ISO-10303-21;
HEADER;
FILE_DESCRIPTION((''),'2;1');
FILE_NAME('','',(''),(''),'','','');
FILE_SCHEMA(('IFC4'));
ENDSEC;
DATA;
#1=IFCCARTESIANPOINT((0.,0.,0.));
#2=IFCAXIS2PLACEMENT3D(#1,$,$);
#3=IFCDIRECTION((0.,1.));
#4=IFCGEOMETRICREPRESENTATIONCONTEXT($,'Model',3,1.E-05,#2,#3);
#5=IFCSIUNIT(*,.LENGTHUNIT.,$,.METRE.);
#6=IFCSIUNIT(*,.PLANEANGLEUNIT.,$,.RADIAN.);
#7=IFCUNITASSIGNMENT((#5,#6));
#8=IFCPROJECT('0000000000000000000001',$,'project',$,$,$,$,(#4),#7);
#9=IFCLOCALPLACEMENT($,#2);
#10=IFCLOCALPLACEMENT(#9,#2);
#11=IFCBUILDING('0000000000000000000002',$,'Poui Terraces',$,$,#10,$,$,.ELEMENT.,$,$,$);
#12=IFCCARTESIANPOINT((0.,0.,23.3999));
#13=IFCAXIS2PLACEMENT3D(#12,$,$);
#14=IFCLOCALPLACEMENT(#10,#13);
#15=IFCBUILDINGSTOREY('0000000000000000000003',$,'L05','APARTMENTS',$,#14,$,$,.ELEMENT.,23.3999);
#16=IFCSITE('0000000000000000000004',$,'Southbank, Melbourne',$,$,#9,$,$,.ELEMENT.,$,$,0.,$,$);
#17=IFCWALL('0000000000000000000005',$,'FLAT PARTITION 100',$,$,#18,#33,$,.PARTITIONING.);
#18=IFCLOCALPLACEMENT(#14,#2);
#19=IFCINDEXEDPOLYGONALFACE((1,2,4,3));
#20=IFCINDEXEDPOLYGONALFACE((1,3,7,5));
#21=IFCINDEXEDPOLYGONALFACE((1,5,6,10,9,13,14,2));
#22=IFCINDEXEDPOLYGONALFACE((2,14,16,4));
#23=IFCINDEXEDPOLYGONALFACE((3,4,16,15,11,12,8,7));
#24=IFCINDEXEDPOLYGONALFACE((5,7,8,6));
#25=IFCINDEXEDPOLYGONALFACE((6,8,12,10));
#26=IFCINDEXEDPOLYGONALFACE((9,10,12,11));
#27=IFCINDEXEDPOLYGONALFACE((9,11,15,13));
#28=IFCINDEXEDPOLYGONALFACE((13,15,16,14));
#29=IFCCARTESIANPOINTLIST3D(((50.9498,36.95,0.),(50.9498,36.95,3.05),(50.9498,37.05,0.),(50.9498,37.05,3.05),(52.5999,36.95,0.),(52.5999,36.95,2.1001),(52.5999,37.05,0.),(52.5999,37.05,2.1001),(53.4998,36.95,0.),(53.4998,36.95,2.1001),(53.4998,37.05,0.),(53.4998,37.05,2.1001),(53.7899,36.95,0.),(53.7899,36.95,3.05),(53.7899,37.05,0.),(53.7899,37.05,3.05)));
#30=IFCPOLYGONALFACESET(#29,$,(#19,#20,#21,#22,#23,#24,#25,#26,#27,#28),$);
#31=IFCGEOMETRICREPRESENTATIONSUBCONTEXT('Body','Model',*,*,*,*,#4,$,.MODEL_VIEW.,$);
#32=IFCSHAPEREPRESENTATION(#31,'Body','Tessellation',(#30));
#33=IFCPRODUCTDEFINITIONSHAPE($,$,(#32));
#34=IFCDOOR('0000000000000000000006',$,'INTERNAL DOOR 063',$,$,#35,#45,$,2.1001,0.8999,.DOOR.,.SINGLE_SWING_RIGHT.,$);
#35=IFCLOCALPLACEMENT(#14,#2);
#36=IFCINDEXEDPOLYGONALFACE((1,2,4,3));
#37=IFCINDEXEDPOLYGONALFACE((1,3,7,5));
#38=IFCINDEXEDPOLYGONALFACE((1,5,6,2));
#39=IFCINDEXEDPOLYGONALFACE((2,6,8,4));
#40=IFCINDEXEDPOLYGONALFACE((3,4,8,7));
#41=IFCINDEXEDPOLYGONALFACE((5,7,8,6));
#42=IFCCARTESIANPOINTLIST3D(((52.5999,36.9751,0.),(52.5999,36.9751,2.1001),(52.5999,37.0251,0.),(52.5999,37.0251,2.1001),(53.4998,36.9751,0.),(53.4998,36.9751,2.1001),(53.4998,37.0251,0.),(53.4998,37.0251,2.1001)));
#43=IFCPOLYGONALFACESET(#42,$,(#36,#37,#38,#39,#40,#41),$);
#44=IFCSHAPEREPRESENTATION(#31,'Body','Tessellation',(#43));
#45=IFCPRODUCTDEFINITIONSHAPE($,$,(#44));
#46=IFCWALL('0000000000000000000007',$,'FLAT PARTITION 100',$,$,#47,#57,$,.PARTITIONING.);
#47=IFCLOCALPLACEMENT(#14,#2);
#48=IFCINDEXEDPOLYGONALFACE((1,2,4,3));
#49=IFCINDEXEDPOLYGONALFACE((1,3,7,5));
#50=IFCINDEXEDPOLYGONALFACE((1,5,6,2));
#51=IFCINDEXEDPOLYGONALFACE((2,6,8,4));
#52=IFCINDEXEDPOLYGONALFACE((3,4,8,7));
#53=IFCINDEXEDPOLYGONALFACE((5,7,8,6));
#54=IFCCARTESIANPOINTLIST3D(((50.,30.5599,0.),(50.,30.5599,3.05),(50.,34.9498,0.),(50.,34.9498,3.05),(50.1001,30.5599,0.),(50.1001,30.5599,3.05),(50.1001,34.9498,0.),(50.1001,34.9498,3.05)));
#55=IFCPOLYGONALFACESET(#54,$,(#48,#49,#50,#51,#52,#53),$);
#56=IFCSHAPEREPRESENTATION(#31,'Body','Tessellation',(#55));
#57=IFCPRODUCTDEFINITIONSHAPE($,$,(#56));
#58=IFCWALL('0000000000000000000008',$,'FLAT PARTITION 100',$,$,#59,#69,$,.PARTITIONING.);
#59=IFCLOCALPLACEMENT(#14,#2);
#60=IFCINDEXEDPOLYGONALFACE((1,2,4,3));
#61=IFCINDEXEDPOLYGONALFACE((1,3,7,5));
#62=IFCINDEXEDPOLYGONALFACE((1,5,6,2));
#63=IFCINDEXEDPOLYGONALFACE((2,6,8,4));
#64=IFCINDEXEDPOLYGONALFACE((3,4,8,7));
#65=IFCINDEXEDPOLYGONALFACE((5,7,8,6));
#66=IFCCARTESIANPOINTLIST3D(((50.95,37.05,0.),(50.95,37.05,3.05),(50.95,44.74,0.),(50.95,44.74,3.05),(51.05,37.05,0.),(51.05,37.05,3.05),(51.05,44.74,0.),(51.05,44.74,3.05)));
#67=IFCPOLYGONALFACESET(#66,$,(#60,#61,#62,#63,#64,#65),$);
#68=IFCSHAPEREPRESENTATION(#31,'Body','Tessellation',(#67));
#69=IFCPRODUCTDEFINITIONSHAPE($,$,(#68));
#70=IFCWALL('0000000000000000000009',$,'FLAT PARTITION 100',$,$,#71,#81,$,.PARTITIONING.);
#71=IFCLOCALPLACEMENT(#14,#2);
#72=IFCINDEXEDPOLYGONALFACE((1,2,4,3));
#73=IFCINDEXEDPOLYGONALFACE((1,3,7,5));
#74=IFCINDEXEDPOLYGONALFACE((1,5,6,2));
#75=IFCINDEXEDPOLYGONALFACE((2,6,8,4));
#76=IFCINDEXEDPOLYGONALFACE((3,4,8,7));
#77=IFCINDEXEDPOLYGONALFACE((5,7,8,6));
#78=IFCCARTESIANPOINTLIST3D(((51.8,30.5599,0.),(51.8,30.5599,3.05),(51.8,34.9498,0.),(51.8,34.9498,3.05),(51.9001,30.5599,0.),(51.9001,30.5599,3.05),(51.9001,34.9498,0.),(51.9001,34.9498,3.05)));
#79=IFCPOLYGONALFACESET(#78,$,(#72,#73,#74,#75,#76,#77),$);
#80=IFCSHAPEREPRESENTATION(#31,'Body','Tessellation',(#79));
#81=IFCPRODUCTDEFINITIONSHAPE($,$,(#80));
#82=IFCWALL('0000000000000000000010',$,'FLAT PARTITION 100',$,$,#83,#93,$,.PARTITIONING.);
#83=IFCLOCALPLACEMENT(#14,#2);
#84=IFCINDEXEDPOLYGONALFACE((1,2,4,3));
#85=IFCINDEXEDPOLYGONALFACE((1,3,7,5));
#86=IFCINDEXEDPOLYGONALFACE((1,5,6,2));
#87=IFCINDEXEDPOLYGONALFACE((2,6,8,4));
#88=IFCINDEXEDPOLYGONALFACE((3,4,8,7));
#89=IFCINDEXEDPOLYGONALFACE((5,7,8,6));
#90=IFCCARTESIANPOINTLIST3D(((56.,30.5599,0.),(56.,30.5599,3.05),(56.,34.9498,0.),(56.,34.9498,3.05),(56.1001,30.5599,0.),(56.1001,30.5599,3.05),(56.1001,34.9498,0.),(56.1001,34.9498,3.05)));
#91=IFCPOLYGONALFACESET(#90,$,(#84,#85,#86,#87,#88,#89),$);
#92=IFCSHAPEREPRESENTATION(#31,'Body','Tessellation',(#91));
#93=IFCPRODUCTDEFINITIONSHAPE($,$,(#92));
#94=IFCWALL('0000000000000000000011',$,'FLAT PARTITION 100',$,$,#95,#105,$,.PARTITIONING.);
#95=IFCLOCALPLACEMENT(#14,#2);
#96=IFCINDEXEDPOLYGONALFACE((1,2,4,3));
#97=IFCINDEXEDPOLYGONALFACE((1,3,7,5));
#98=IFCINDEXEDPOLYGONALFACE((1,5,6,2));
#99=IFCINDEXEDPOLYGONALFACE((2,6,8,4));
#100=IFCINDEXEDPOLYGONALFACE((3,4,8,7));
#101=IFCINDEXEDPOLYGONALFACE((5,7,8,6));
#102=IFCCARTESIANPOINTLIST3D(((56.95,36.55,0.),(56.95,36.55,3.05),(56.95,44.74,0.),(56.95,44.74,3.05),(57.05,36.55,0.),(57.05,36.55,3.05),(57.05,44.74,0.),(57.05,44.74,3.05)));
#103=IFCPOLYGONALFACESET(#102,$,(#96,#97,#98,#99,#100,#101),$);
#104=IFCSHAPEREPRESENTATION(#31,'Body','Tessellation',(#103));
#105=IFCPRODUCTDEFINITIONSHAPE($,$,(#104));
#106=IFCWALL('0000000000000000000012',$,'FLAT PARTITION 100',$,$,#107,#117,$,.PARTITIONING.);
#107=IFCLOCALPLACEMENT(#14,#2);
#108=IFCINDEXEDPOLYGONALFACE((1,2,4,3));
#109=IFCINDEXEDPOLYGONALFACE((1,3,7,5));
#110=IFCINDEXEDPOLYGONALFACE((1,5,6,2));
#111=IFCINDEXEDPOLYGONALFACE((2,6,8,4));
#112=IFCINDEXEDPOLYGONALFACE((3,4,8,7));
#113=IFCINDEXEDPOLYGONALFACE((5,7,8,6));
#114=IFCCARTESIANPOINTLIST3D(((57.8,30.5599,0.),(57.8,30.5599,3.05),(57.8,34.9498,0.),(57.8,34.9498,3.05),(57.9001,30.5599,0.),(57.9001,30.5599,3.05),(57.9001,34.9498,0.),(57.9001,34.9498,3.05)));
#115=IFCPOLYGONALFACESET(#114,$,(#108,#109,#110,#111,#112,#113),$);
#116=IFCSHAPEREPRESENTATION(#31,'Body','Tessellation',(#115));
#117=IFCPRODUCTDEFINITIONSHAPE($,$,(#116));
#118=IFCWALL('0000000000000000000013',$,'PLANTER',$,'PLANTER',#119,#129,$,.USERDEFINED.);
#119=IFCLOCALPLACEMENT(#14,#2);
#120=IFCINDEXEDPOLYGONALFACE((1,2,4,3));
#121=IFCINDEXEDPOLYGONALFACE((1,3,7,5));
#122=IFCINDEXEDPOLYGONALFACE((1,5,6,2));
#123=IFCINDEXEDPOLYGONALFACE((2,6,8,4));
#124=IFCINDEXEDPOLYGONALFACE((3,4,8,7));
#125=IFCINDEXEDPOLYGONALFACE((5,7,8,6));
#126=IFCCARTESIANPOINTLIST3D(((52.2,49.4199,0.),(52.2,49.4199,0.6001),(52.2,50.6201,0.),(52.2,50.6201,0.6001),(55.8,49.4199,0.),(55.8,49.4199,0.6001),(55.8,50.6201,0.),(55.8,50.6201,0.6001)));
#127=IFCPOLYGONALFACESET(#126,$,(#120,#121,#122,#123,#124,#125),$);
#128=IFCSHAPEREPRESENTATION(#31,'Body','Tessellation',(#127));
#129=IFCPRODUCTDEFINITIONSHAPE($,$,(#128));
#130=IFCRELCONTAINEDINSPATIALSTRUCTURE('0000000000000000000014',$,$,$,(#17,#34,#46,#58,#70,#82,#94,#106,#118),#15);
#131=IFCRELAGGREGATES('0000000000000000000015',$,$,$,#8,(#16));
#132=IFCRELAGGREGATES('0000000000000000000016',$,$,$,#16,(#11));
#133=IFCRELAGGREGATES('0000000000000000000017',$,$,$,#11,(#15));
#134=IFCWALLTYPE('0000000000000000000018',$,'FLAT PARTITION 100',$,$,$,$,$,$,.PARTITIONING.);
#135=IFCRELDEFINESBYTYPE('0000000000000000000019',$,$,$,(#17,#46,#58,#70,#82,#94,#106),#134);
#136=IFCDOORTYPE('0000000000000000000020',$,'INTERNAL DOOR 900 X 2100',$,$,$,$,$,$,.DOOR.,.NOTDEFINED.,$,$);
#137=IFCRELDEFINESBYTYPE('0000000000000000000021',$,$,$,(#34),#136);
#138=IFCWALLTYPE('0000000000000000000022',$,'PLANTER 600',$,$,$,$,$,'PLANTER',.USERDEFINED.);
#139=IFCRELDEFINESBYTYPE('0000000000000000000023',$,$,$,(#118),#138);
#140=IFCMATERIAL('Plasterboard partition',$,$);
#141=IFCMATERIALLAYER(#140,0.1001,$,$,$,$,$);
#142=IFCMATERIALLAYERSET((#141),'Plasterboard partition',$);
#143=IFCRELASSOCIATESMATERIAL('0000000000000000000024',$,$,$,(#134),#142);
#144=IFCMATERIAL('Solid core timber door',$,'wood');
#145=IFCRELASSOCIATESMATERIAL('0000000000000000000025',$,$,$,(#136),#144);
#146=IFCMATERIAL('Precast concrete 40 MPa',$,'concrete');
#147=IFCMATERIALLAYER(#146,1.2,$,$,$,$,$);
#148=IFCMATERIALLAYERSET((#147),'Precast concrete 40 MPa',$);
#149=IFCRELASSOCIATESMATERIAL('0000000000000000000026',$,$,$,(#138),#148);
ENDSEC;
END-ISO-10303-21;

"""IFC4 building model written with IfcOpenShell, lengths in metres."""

from ifc_helpers import new_model, si_unit, direction, frame, frame_2d, origin, place, context, subcontext, project, spatial, polyline, rectangle, outline, extrude, source, transform, mapped, material, layer, layer_set, type_object, element, fill, save


model = new_model("IFC4")

# Units and contexts
model_context = context("Model", 3, precision=1e-05, world=origin(), true_north=direction((0.0, 1.0)))
body_context = subcontext(model_context, "Body", "Model", "MODEL_VIEW")
ifc_project = project(units=[si_unit("LENGTHUNIT", "METRE"), si_unit("PLANEANGLEUNIT", "RADIAN")], contexts=[model_context])

# Site, building, storey
site_placement = place(None, origin())
site = spatial("IfcSite", under=ifc_project, at=site_placement, Name="Southbank, Melbourne", CompositionType="ELEMENT", RefElevation=0.0)
building_placement = place(site_placement, origin())
building = spatial("IfcBuilding", under=site, at=building_placement, Name="Poui Terraces", CompositionType="ELEMENT")
storey_placement = place(building_placement, frame((0.0, 0.0, 23.3999)))
storey = spatial("IfcBuildingStorey", under=building, at=storey_placement, Name="L05", Description="APARTMENTS", CompositionType="ELEMENT", Elevation=23.3999)

# Wall, opening, door
ifc_material_1 = material(Name="Plasterboard partition")
ifc_layer_1 = layer(ifc_material_1, 0.1001)
ifc_layer_set_1 = layer_set([ifc_layer_1], Name="Plasterboard partition")
wall_type_1 = type_object("IfcWallType", Name="FLAT PARTITION 100", PredefinedType="PARTITIONING", material=ifc_layer_set_1)
ifc_material_2 = material(Name="Solid core timber door", Category="wood")
door_type_1 = type_object("IfcDoorType", Name="INTERNAL DOOR 900 X 2100", OperationType="NOTDEFINED", PredefinedType="DOOR", material=ifc_material_2)
wall_1_placement = place(storey_placement, frame((50.95, 37.0, 0.0), z_axis=(0.0, 0.0, 1.0), x_axis=(1.0, 0.0, 0.0)))
wall_1 = element("IfcWall", 1, at=wall_1_placement, inside=storey, type_object=wall_type_1, Name="FLAT PARTITION 100", PredefinedType="PARTITIONING", context=body_context, shape_type="SweptSolid", body=[
    extrude(rectangle(XDim=2.8401, YDim=0.1001, at=frame_2d((1.4199, 0.0))), origin(), (0.0, 0.0, 1.0), 3.05),
])
opening_1_placement = place(wall_1_placement, frame((1.6499, 0.0, 0.0)))
opening_1 = element("IfcOpeningElement", 2, at=opening_1_placement, cuts=wall_1, PredefinedType="OPENING", context=body_context, shape_type="SweptSolid", body=[
    extrude(rectangle(XDim=0.8999, YDim=2.1001, at=frame_2d((0.45, 1.05))), frame((0.0, 0.0601, 0.0), z_axis=(0.0, -1.0, 0.0), x_axis=(1.0, 0.0, 0.0)), (0.0, 0.0, 1.0), 0.1201),
])
door_1_placement = place(opening_1_placement, frame((0.8999, 0.0, 0.0), z_axis=(0.0, 0.0, 1.0), x_axis=(-1.0, 0.0, 0.0)))
door_1 = element("IfcDoor", 3, at=door_1_placement, inside=storey, type_object=door_type_1, Name="INTERNAL DOOR 063", OperationType="SINGLE_SWING_RIGHT", OverallHeight=2.1001, OverallWidth=0.8999, PredefinedType="DOOR", context=body_context, shape_type="SweptSolid", body=[
    extrude(rectangle(XDim=0.8999, YDim=2.1001, at=frame_2d((0.45, 1.05))), frame((0.0, 0.0249, 0.0), z_axis=(0.0, -1.0, 0.0), x_axis=(1.0, 0.0, 0.0)), (0.0, 0.0, 1.0), 0.05),
])
fill(opening_1, door_1)

# Walls
wall_2_placement = place(storey_placement, frame((50.05, 30.5601, 0.0), z_axis=(0.0, 0.0, 1.0), x_axis=(0.0, 1.0, 0.0)))
element("IfcWall", 4, at=wall_2_placement, inside=storey, type_object=wall_type_1, Name="FLAT PARTITION 100", PredefinedType="PARTITIONING", context=body_context, shape_type="SweptSolid", body=[
    extrude(rectangle(XDim=4.3899, YDim=0.1001, at=frame_2d((2.1948, 0.0))), origin(), (0.0, 0.0, 1.0), 3.05),
])
wall_3_placement = place(storey_placement, frame((51.0, 37.05, 0.0), z_axis=(0.0, 0.0, 1.0), x_axis=(0.0, 1.0, 0.0)))
element("IfcWall", 5, at=wall_3_placement, inside=storey, type_object=wall_type_1, Name="FLAT PARTITION 100", PredefinedType="PARTITIONING", context=body_context, shape_type="SweptSolid", body=[
    extrude(rectangle(XDim=7.6899, YDim=0.1001, at=frame_2d((3.845, 0.0))), origin(), (0.0, 0.0, 1.0), 3.05),
])
for number, where, z_axis, x_axis, name in (
    (6, (51.8501, 30.5601, 0.0), (0.0, 0.0, 1.0), (0.0, 1.0, 0.0), "FLAT PARTITION 100"),
    (7, (56.05, 30.5601, 0.0), (0.0, 0.0, 1.0), (0.0, 1.0, 0.0), "FLAT PARTITION 100"),
):
    element("IfcWall", number, at=place(storey_placement, frame(where, z_axis=z_axis, x_axis=x_axis)), inside=storey, type_object=wall_type_1, Name=name, PredefinedType="PARTITIONING", context=body_context, shape_type="SweptSolid", body=[
        extrude(rectangle(XDim=4.3899, YDim=0.1001, at=frame_2d((2.1948, 0.0))), origin(), (0.0, 0.0, 1.0), 3.05),
    ])
wall_4_placement = place(storey_placement, frame((57.0, 36.55, 0.0), z_axis=(0.0, 0.0, 1.0), x_axis=(0.0, 1.0, 0.0)))
element("IfcWall", 8, at=wall_4_placement, inside=storey, type_object=wall_type_1, Name="FLAT PARTITION 100", PredefinedType="PARTITIONING", context=body_context, shape_type="SweptSolid", body=[
    extrude(rectangle(XDim=8.1899, YDim=0.1001, at=frame_2d((4.095, 0.0))), origin(), (0.0, 0.0, 1.0), 3.05),
])
wall_5_placement = place(storey_placement, frame((57.8501, 30.5601, 0.0), z_axis=(0.0, 0.0, 1.0), x_axis=(0.0, 1.0, 0.0)))
element("IfcWall", 9, at=wall_5_placement, inside=storey, type_object=wall_type_1, Name="FLAT PARTITION 100", PredefinedType="PARTITIONING", context=body_context, shape_type="SweptSolid", body=[
    extrude(rectangle(XDim=4.3899, YDim=0.1001, at=frame_2d((2.1948, 0.0))), origin(), (0.0, 0.0, 1.0), 3.05),
])
ifc_material_3 = material(Name="Precast concrete 40 MPa", Category="concrete")
ifc_layer_2 = layer(ifc_material_3, 1.2)
ifc_layer_set_2 = layer_set([ifc_layer_2], Name="Precast concrete 40 MPa")
wall_type_2 = type_object("IfcWallType", Name="PLANTER 600", ElementType="PLANTER", PredefinedType="USERDEFINED", material=ifc_layer_set_2)
shared_shape = source(origin(), body_context, "Body", "SweptSolid", [
    extrude(outline(polyline([(0.0, 0.0), (3.6001, 0.0), (3.6001, 1.2002), (0.0, 1.2002), (0.0, 0.0)])), origin(), (0.0, 0.0, 1.0), 0.6001),
])
wall_6_placement = place(storey_placement, frame((52.2, 49.4199, 0.0)))
element("IfcWall", 10, at=wall_6_placement, inside=storey, type_object=wall_type_2, Name="PLANTER", ObjectType="PLANTER", PredefinedType="USERDEFINED", context=body_context, shape_type="MappedRepresentation", body=[
    mapped(shared_shape, transform((0.0, 0.0, 0.0))),
])

save(model, "model.ifc")
